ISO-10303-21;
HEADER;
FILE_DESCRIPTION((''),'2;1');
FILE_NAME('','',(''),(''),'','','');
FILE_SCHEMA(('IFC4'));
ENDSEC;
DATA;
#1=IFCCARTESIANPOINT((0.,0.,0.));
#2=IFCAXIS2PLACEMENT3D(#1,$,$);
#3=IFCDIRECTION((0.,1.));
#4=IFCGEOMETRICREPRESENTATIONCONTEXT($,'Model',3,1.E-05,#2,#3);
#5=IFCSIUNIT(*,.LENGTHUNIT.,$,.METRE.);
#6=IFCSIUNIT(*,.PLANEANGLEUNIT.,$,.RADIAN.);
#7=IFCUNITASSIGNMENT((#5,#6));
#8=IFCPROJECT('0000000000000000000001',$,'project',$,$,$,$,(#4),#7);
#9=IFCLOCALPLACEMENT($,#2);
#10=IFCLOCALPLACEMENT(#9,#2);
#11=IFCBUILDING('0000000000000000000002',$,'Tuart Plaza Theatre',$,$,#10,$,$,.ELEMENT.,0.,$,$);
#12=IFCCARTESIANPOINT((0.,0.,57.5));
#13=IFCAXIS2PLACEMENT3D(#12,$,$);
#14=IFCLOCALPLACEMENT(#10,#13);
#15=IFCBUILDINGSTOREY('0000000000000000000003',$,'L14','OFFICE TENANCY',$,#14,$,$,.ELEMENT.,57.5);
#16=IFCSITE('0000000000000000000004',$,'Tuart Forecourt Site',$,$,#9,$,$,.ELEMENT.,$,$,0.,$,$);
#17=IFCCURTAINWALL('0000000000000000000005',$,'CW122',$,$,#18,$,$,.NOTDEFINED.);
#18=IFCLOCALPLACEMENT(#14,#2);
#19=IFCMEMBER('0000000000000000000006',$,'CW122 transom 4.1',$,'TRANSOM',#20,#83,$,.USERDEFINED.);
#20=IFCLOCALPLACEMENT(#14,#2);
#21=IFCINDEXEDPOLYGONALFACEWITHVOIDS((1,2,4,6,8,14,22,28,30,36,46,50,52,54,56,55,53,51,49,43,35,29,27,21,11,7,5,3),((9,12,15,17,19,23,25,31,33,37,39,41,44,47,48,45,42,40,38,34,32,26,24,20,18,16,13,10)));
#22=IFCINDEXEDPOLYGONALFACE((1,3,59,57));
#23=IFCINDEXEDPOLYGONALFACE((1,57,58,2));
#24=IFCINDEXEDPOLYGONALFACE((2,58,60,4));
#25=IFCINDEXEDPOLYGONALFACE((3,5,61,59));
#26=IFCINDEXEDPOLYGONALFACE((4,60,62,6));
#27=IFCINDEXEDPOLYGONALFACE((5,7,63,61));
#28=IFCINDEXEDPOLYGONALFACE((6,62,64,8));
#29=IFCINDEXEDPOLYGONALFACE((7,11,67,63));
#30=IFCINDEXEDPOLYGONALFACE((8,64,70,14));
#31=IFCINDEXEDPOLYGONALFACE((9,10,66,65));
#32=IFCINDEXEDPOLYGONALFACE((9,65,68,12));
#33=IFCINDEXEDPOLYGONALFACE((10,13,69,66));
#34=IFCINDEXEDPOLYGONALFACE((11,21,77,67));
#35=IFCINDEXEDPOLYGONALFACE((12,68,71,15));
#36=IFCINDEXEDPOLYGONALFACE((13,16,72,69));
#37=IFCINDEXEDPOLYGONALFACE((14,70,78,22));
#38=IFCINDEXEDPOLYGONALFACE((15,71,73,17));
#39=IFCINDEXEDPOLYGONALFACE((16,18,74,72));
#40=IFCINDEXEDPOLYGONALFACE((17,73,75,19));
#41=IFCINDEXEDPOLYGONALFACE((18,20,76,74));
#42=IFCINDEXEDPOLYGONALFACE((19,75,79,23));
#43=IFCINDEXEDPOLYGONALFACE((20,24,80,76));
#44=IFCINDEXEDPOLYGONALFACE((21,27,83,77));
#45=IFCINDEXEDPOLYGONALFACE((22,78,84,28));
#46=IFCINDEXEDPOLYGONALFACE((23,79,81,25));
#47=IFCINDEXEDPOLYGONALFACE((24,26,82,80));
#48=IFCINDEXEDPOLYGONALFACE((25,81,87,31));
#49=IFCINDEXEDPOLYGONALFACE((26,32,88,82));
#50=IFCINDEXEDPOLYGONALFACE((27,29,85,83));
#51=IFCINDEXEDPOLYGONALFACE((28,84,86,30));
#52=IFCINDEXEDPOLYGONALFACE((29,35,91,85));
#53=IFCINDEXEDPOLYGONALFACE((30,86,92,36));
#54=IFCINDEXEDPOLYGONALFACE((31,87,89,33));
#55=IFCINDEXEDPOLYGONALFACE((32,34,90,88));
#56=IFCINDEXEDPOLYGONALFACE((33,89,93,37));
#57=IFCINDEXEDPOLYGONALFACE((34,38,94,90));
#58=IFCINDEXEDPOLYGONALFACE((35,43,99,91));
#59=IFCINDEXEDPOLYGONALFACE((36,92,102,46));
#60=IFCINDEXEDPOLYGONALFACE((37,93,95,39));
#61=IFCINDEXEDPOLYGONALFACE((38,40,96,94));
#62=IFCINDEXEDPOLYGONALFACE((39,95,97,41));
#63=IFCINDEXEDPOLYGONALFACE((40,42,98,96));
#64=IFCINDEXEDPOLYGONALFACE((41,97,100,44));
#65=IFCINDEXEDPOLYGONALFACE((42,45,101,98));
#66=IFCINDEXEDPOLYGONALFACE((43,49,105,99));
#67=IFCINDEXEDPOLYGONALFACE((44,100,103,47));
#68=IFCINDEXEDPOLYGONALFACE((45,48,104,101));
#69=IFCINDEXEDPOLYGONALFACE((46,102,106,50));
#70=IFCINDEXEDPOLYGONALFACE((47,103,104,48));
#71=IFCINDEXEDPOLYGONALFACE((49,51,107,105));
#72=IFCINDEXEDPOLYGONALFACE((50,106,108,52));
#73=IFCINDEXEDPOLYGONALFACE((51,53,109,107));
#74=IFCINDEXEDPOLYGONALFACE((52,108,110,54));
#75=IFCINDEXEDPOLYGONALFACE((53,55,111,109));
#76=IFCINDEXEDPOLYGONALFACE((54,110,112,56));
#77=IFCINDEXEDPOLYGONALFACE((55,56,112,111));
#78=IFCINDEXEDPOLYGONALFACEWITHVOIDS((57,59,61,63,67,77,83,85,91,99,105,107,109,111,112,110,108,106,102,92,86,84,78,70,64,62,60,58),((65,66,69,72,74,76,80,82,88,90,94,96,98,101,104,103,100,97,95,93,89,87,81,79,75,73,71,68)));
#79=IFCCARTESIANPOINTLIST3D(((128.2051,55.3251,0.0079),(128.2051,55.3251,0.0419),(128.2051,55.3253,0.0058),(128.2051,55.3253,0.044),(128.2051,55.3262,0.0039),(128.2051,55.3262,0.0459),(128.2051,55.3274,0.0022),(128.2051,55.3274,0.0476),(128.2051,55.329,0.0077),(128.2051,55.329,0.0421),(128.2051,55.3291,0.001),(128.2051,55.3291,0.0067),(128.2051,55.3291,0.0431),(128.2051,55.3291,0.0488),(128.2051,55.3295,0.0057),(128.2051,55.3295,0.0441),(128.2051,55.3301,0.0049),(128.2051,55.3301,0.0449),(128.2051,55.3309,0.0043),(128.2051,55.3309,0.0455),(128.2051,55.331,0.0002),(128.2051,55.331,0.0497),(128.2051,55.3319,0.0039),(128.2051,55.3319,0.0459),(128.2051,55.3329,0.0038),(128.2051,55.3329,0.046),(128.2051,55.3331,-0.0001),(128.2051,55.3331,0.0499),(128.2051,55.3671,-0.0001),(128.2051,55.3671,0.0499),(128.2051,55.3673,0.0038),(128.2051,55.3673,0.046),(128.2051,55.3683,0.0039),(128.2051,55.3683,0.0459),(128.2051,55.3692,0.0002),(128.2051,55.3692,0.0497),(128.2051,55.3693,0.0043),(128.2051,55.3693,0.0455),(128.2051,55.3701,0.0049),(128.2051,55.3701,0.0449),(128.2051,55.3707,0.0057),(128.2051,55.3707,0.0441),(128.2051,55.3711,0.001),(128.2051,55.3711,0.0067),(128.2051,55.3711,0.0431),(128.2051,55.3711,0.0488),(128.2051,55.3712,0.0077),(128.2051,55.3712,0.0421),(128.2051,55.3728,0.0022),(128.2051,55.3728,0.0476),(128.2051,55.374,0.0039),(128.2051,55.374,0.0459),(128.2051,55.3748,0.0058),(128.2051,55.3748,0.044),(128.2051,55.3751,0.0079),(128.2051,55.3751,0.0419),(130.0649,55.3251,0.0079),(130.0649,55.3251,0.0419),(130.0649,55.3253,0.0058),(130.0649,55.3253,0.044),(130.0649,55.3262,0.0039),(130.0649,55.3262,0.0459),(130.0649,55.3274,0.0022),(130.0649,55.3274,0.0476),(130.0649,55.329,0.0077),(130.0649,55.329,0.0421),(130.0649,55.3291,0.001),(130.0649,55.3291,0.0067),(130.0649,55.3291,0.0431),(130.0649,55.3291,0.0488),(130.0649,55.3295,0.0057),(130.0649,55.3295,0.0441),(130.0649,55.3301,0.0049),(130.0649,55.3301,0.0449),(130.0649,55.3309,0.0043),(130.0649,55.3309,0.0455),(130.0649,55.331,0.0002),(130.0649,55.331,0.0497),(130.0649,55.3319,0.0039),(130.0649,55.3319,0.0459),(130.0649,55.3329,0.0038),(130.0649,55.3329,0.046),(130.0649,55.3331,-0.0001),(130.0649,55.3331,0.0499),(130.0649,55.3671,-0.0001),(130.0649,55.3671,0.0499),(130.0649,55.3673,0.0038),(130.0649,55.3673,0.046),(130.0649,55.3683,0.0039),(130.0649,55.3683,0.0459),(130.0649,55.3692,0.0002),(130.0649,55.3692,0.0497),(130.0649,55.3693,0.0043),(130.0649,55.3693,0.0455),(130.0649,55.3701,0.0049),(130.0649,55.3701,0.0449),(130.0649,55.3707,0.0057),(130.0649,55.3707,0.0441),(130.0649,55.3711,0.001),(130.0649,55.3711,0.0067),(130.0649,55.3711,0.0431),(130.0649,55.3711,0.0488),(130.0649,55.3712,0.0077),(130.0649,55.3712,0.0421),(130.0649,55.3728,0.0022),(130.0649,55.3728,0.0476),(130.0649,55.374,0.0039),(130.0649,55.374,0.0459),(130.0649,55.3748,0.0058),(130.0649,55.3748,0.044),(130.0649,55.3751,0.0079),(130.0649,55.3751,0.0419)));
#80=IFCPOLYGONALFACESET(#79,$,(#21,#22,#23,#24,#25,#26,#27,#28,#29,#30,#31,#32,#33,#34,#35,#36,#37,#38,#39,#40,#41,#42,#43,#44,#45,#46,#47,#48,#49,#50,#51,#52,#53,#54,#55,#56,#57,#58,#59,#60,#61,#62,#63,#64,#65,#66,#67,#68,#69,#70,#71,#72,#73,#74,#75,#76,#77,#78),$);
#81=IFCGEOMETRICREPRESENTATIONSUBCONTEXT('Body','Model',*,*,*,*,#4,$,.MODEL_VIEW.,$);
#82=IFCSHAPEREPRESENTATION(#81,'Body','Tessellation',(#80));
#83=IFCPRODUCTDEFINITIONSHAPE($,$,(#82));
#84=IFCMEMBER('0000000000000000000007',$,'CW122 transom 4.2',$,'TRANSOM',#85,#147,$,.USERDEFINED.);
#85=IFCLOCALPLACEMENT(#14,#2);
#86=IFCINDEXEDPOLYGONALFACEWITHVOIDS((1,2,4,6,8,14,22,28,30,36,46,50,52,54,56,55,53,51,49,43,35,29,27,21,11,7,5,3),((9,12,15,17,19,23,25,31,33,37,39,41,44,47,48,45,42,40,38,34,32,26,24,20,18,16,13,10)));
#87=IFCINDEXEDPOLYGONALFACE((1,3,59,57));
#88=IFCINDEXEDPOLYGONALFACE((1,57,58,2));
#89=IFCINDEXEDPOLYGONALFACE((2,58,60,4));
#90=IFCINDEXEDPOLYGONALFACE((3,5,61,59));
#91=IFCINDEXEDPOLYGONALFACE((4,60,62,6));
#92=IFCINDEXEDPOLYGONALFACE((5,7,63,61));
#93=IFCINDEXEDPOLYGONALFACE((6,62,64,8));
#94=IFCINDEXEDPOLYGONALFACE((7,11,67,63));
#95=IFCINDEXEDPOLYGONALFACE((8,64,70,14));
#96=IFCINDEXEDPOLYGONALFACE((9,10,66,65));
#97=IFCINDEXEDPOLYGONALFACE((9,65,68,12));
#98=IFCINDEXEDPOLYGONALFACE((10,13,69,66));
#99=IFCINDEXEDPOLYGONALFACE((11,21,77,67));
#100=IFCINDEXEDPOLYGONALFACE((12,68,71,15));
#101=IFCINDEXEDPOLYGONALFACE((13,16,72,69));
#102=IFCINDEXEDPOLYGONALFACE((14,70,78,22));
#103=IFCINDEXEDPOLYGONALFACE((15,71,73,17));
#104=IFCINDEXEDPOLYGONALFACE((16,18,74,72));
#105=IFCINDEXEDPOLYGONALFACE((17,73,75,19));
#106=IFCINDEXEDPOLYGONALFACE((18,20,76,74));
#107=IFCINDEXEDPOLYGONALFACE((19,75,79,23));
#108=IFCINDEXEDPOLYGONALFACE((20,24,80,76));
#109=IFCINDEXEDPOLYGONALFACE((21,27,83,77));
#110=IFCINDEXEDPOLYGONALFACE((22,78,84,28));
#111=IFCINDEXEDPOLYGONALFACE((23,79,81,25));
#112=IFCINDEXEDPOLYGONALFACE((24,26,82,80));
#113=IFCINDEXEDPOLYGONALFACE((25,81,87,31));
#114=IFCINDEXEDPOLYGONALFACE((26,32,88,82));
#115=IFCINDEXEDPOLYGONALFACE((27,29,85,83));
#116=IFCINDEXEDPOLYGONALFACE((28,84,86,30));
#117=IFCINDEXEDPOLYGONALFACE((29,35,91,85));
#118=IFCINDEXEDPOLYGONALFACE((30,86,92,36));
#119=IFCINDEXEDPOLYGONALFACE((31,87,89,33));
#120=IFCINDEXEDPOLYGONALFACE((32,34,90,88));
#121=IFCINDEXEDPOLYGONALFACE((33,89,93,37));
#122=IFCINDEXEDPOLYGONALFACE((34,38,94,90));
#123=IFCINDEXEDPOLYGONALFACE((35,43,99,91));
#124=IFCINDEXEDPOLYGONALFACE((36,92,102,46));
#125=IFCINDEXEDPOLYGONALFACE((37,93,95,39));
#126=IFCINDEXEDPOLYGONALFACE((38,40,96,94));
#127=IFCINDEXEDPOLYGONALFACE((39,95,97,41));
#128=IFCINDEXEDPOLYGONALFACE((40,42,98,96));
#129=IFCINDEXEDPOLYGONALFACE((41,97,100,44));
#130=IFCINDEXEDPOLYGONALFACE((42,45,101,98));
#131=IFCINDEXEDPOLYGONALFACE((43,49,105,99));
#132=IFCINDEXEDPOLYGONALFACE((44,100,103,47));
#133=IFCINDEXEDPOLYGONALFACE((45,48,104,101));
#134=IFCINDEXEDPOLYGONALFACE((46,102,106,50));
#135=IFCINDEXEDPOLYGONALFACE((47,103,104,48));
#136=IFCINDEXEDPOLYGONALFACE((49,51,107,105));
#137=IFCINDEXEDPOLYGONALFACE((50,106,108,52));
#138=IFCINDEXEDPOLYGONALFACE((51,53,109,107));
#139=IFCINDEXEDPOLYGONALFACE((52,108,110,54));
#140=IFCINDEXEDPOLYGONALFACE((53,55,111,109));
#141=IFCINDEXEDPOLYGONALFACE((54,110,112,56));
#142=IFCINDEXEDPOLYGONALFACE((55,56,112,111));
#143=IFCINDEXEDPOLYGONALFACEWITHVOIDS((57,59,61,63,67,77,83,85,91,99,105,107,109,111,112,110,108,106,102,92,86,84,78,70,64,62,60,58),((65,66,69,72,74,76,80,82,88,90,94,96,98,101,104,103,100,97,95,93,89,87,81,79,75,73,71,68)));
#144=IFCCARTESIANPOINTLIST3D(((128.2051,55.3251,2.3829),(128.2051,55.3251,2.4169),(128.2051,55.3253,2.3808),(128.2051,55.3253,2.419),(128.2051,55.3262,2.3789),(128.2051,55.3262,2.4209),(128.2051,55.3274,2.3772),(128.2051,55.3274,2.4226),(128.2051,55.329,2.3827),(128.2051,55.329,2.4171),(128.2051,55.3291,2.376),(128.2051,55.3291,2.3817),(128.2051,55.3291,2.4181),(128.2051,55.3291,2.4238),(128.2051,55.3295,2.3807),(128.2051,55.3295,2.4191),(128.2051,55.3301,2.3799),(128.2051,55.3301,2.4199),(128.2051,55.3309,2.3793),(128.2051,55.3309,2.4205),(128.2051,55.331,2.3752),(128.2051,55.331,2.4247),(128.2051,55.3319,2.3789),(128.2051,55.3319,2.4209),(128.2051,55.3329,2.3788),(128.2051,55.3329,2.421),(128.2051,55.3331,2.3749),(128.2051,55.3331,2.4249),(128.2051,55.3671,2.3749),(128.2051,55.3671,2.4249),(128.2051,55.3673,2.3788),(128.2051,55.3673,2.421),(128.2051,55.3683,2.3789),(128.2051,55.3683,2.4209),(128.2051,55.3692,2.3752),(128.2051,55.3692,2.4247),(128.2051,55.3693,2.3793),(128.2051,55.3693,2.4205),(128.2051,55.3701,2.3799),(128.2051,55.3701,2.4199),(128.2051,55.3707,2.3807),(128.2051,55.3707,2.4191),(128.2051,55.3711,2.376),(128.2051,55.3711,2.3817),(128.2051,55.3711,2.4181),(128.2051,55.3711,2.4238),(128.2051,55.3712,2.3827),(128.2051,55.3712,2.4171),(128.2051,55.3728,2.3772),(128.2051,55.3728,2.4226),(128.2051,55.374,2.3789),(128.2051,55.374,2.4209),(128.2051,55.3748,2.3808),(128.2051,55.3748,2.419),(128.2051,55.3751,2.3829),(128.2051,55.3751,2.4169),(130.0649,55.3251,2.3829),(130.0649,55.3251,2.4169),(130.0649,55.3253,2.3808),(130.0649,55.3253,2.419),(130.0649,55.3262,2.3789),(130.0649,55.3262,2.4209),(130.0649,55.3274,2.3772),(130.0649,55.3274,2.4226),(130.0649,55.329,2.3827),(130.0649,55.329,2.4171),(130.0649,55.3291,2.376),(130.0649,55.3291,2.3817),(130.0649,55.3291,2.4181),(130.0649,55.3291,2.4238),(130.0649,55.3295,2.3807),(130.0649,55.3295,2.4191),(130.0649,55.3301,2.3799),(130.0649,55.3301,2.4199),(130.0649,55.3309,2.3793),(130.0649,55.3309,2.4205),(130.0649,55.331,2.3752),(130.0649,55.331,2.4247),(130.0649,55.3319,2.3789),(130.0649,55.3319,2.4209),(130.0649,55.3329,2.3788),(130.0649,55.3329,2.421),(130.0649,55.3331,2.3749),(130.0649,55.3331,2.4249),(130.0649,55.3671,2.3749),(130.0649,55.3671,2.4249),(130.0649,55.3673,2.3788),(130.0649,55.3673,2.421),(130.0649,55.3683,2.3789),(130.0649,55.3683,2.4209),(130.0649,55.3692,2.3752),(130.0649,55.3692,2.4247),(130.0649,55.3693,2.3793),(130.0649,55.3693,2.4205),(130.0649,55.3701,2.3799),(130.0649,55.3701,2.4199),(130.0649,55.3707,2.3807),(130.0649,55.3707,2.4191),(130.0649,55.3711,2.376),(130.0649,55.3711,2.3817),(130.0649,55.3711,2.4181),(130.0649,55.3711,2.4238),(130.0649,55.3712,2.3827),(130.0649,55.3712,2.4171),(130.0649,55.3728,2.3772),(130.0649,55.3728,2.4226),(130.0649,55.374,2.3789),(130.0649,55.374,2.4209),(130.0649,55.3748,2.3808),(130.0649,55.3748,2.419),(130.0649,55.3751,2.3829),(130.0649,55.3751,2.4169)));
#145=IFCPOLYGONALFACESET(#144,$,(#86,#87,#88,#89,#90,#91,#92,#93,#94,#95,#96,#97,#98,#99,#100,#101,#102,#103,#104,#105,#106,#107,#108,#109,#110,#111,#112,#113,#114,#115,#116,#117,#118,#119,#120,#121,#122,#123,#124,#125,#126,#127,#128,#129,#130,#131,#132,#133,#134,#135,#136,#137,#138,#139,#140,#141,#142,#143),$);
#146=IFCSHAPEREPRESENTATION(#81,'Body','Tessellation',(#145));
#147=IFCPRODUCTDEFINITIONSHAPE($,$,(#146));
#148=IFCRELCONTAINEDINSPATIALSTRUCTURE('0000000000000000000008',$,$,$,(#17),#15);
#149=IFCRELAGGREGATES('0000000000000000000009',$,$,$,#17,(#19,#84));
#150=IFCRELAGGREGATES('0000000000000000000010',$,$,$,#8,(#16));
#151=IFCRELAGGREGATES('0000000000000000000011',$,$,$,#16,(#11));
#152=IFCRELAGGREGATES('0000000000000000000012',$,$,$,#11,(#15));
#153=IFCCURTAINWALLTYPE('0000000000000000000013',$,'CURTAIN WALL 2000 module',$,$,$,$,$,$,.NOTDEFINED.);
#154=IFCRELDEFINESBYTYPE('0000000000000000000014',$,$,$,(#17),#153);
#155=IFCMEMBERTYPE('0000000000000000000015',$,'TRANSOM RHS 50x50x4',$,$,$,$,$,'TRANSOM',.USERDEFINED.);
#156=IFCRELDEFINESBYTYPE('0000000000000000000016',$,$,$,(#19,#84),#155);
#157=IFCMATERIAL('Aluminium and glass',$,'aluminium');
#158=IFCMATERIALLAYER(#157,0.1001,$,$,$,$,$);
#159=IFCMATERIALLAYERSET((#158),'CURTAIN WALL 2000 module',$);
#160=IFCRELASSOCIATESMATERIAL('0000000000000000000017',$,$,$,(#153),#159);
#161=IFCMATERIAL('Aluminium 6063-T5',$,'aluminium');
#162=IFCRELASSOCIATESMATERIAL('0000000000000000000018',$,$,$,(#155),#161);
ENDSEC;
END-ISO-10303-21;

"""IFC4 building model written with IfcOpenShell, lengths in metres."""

from ifc_helpers import new_model, si_unit, direction, frame, origin, origin_2d, place, context, subcontext, project, spatial, hollow_rectangle, extrude, material, layer, layer_set, material_profile, profile_set, type_object, element, aggregate, save


model = new_model("IFC4")

# Units and contexts
model_context = context("Model", 3, precision=1e-05, world=origin(), true_north=direction((0.0, 1.0)))
body_context = subcontext(model_context, "Body", "Model", "MODEL_VIEW")
ifc_project = project(units=[si_unit("LENGTHUNIT", "METRE"), si_unit("PLANEANGLEUNIT", "RADIAN")], contexts=[model_context])

# Site, building, storey
site_placement = place(None, origin())
site = spatial("IfcSite", under=ifc_project, at=site_placement, Name="Tuart Forecourt Site", CompositionType="ELEMENT", RefElevation=0.0)
building_placement = place(site_placement, origin())
building = spatial("IfcBuilding", under=site, at=building_placement, Name="Tuart Plaza Theatre", CompositionType="ELEMENT", ElevationOfRefHeight=0.0)
storey_placement = place(building_placement, frame((0.0, 0.0, 57.5)))
storey = spatial("IfcBuildingStorey", under=building, at=storey_placement, Name="L14", Description="OFFICE TENANCY", CompositionType="ELEMENT", Elevation=57.5)

# Curtain wall, members
ifc_material_1 = material(Name="Aluminium and glass", Category="aluminium")
ifc_layer_1 = layer(ifc_material_1, 0.1001)
ifc_layer_set_1 = layer_set([ifc_layer_1], Name="CURTAIN WALL 2000 module")
curtain_wall_type = type_object("IfcCurtainWallType", Name="CURTAIN WALL 2000 module", PredefinedType="NOTDEFINED", material=ifc_layer_set_1)
curtain_wall_placement = place(storey_placement, origin())
curtain_wall = element("IfcCurtainWall", 1, at=curtain_wall_placement, inside=storey, type_object=curtain_wall_type, Name="CW122", PredefinedType="NOTDEFINED")
ifc_material_2 = material(Name="Aluminium 6063-T5", Category="aluminium")
ifc_material_profile_1 = material_profile(ifc_material_2, hollow_rectangle(XDim=0.05, YDim=0.05, WallThickness=0.0039, InnerFilletRadius=0.0039, OuterFilletRadius=0.0081, at=origin_2d()), Name="RHS 50x50x4")
ifc_profile_set_1 = profile_set([ifc_material_profile_1], Name="Aluminium 6063-T5")
member_type_1 = type_object("IfcMemberType", Name="TRANSOM RHS 50x50x4", ElementType="TRANSOM", PredefinedType="USERDEFINED", material=ifc_profile_set_1)
member_1_placement = place(storey_placement, frame((128.2051, 55.3501, 0.0249), z_axis=(1.0, 0.0, 0.0), x_axis=(0.0, 1.0, 0.0)))
member_1 = element("IfcMember", 2, at=member_1_placement, type_object=member_type_1, Name="CW122 transom 4.1", ObjectType="TRANSOM", PredefinedType="USERDEFINED", context=body_context, shape_type="SweptSolid", body=[
    extrude(hollow_rectangle(XDim=0.05, YDim=0.05, WallThickness=0.0039, InnerFilletRadius=0.0039, OuterFilletRadius=0.0081, at=origin_2d()), origin(), (0.0, 0.0, 1.0), 1.8599),
])
member_2_placement = place(storey_placement, frame((128.2051, 55.3501, 2.3999), z_axis=(1.0, 0.0, 0.0), x_axis=(0.0, 1.0, 0.0)))
member_2 = element("IfcMember", 3, at=member_2_placement, type_object=member_type_1, Name="CW122 transom 4.2", ObjectType="TRANSOM", PredefinedType="USERDEFINED", context=body_context, shape_type="SweptSolid", body=[
    extrude(hollow_rectangle(XDim=0.05, YDim=0.05, WallThickness=0.0039, InnerFilletRadius=0.0039, OuterFilletRadius=0.0081, at=origin_2d()), origin(), (0.0, 0.0, 1.0), 1.8599),
])
aggregate(curtain_wall, [member_1, member_2])

save(model, "model.ifc")
